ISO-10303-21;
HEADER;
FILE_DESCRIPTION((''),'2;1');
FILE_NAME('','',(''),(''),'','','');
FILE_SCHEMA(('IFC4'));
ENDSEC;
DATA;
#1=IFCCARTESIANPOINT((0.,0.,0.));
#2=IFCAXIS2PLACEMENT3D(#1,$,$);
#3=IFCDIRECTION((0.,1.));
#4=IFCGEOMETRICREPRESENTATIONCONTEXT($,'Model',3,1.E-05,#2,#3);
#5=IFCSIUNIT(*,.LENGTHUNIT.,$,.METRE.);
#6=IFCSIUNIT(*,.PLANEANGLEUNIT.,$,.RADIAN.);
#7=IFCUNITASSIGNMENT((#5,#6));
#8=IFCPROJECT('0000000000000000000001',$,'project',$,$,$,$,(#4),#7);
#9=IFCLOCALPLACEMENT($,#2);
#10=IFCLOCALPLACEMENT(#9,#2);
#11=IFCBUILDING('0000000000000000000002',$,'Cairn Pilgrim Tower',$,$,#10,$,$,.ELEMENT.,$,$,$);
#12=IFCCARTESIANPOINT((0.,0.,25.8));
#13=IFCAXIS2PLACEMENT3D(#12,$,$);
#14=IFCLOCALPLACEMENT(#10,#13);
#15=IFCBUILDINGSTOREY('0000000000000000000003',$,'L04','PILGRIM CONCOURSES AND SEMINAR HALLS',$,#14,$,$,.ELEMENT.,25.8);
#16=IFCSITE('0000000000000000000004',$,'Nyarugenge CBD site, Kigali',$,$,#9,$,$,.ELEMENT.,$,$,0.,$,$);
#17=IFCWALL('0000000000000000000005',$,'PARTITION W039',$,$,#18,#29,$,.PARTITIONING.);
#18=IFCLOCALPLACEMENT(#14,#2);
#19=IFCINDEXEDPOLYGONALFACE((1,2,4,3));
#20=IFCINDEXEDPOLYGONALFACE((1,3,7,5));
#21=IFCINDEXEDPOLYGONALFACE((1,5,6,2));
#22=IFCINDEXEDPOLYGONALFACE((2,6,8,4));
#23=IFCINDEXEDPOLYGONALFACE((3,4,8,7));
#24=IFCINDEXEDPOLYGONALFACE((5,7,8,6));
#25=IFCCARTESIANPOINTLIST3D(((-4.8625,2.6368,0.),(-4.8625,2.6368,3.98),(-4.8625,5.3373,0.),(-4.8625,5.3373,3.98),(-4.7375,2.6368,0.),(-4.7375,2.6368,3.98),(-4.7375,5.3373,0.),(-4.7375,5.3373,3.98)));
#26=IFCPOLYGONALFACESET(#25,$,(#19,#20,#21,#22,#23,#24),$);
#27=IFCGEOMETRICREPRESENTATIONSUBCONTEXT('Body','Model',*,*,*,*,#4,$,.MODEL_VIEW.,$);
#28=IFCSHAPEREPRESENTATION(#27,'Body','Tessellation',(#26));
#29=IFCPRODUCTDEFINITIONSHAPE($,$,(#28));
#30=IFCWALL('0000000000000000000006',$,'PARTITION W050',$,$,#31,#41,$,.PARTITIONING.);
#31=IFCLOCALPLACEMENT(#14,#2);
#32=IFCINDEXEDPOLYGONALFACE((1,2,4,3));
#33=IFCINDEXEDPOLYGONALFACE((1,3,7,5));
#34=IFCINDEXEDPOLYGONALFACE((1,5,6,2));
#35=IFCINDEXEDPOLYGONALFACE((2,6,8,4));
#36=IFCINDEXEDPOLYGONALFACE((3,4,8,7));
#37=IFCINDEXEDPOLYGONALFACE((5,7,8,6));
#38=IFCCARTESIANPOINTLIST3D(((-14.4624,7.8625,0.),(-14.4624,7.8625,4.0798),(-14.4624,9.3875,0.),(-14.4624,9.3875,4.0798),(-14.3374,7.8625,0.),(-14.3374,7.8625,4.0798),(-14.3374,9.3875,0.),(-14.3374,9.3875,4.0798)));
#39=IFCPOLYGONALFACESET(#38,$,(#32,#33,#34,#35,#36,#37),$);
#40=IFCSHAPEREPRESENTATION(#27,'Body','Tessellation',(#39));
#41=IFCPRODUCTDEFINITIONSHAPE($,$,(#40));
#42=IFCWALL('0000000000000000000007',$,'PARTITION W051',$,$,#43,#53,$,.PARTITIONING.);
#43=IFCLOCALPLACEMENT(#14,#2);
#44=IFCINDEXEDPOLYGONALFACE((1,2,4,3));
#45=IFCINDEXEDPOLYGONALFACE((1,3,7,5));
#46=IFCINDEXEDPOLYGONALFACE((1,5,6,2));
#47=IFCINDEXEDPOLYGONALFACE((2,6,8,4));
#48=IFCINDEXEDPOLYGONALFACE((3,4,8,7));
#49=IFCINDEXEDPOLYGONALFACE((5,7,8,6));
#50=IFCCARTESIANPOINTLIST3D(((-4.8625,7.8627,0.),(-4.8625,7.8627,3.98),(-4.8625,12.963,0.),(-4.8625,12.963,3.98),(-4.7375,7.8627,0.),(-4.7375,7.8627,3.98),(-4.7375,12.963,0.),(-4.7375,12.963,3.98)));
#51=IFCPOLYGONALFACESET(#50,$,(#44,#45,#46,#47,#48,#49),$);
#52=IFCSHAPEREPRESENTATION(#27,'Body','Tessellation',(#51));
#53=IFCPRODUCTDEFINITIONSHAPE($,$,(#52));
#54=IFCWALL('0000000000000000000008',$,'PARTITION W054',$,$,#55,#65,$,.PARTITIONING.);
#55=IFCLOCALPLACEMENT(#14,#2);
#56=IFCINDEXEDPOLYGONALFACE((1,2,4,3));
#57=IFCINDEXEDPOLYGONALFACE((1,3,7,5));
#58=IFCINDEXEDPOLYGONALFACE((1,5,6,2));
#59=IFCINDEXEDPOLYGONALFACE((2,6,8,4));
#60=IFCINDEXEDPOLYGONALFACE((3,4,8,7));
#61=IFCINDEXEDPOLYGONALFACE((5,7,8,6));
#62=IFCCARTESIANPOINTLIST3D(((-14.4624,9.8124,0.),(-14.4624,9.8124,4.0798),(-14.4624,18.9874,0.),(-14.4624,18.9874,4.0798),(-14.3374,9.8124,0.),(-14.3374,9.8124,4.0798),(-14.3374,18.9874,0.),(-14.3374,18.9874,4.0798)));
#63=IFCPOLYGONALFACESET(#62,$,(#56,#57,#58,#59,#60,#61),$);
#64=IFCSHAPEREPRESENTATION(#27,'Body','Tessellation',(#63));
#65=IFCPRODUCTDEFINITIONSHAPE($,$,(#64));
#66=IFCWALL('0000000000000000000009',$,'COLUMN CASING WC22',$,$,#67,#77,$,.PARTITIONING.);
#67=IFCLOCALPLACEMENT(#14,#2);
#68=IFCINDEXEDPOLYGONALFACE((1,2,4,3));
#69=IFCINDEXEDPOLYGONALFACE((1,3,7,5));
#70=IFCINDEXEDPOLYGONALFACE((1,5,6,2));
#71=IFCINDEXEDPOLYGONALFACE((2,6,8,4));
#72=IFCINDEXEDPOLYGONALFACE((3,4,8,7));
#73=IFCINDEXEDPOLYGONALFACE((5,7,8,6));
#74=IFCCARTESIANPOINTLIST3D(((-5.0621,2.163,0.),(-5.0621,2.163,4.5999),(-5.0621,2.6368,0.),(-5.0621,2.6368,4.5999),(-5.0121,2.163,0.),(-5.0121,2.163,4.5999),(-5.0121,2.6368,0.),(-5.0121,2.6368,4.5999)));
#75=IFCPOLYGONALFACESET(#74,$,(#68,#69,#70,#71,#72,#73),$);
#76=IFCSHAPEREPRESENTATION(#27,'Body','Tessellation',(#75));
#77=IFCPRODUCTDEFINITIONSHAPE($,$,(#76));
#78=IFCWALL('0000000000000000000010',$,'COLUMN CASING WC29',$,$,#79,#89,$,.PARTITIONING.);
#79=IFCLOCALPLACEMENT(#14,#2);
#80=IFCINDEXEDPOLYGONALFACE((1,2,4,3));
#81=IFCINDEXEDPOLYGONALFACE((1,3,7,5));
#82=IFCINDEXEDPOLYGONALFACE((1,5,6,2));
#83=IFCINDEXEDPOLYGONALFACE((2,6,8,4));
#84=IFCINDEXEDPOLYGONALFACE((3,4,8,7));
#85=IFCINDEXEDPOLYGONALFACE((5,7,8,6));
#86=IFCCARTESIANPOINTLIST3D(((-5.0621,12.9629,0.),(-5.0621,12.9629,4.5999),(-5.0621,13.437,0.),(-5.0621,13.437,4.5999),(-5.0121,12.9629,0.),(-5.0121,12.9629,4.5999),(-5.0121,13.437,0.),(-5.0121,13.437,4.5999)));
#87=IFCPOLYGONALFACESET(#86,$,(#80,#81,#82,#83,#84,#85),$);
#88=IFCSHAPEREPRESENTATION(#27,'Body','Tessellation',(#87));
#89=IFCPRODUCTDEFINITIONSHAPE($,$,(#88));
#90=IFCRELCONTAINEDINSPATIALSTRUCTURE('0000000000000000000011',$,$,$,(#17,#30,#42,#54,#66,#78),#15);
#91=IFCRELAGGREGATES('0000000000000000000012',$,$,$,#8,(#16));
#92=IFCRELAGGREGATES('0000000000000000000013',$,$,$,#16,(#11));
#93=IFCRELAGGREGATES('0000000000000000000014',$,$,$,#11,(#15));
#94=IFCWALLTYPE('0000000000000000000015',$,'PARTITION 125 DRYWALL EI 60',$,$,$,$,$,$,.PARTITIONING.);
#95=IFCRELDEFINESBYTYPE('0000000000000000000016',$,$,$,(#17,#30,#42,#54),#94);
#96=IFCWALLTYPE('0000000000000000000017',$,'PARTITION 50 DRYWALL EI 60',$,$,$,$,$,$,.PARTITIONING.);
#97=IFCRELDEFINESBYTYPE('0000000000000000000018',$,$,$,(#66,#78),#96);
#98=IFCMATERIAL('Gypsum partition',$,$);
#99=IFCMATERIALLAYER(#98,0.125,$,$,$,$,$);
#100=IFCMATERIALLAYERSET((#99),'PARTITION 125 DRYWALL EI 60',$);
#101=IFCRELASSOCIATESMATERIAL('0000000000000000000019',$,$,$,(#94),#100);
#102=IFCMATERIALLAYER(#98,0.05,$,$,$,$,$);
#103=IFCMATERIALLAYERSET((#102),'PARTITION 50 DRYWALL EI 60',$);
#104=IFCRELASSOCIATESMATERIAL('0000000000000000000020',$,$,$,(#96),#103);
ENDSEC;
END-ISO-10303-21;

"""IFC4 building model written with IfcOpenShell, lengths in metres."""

from ifc_helpers import new_model, si_unit, direction, frame, frame_2d, origin, place, context, subcontext, project, spatial, rectangle, extrude, material, layer, layer_set, type_object, element, save


model = new_model("IFC4")

# Units and contexts
model_context = context("Model", 3, precision=1e-05, world=origin(), true_north=direction((0.0, 1.0)))
body_context = subcontext(model_context, "Body", "Model", "MODEL_VIEW")
ifc_project = project(units=[si_unit("LENGTHUNIT", "METRE"), si_unit("PLANEANGLEUNIT", "RADIAN")], contexts=[model_context])

# Site, building, storey
site_placement = place(None, origin())
site = spatial("IfcSite", under=ifc_project, at=site_placement, Name="Nyarugenge CBD site, Kigali", CompositionType="ELEMENT", RefElevation=0.0)
building_placement = place(site_placement, origin())
building = spatial("IfcBuilding", under=site, at=building_placement, Name="Cairn Pilgrim Tower", CompositionType="ELEMENT")
storey_placement = place(building_placement, frame((0.0, 0.0, 25.8)))
storey = spatial("IfcBuildingStorey", under=building, at=storey_placement, Name="L04", Description="PILGRIM CONCOURSES AND SEMINAR HALLS", CompositionType="ELEMENT", Elevation=25.8)

# Walls
ifc_material_1 = material(Name="Gypsum partition")
ifc_layer_1 = layer(ifc_material_1, 0.125)
ifc_layer_set_1 = layer_set([ifc_layer_1], Name="PARTITION 125 DRYWALL EI 60")
wall_type_1 = type_object("IfcWallType", Name="PARTITION 125 DRYWALL EI 60", PredefinedType="PARTITIONING", material=ifc_layer_set_1)
wall_1_placement = place(storey_placement, frame((-4.8, 2.637, 0.0), z_axis=(0.0, 0.0, 1.0), x_axis=(0.0, 1.0, 0.0)))
element("IfcWall", 1, at=wall_1_placement, inside=storey, type_object=wall_type_1, Name="PARTITION W039", PredefinedType="PARTITIONING", context=body_context, shape_type="SweptSolid", body=[
    extrude(rectangle(XDim=2.7004, YDim=0.125, at=frame_2d((1.3501, 0.0))), origin(), (0.0, 0.0, 1.0), 3.98),
])
wall_2_placement = place(storey_placement, frame((-14.3999, 7.8625, 0.0), z_axis=(0.0, 0.0, 1.0), x_axis=(0.0, 1.0, 0.0)))
element("IfcWall", 2, at=wall_2_placement, inside=storey, type_object=wall_type_1, Name="PARTITION W050", PredefinedType="PARTITIONING", context=body_context, shape_type="SweptSolid", body=[
    extrude(rectangle(XDim=1.5249, YDim=0.125, at=frame_2d((0.7625, 0.0))), origin(), (0.0, 0.0, 1.0), 4.0798),
])
wall_3_placement = place(storey_placement, frame((-4.8, 7.8625, 0.0), z_axis=(0.0, 0.0, 1.0), x_axis=(0.0, 1.0, 0.0)))
element("IfcWall", 3, at=wall_3_placement, inside=storey, type_object=wall_type_1, Name="PARTITION W051", PredefinedType="PARTITIONING", context=body_context, shape_type="SweptSolid", body=[
    extrude(rectangle(XDim=5.1003, YDim=0.125, at=frame_2d((2.5503, 0.0))), origin(), (0.0, 0.0, 1.0), 3.98),
])
wall_4_placement = place(storey_placement, frame((-14.3999, 9.8125, 0.0), z_axis=(0.0, 0.0, 1.0), x_axis=(0.0, 1.0, 0.0)))
element("IfcWall", 4, at=wall_4_placement, inside=storey, type_object=wall_type_1, Name="PARTITION W054", PredefinedType="PARTITIONING", context=body_context, shape_type="SweptSolid", body=[
    extrude(rectangle(XDim=9.175, YDim=0.125, at=frame_2d((4.5874, 0.0))), origin(), (0.0, 0.0, 1.0), 4.0798),
])
ifc_layer_2 = layer(ifc_material_1, 0.05)
ifc_layer_set_2 = layer_set([ifc_layer_2], Name="PARTITION 50 DRYWALL EI 60")
wall_type_2 = type_object("IfcWallType", Name="PARTITION 50 DRYWALL EI 60", PredefinedType="PARTITIONING", material=ifc_layer_set_2)
wall_5_placement = place(storey_placement, frame((-5.0371, 2.1631, 0.0), z_axis=(0.0, 0.0, 1.0), x_axis=(0.0, 1.0, 0.0)))
element("IfcWall", 5, at=wall_5_placement, inside=storey, type_object=wall_type_2, Name="COLUMN CASING WC22", PredefinedType="PARTITIONING", context=body_context, shape_type="SweptSolid", body=[
    extrude(rectangle(XDim=0.4739, YDim=0.05, at=frame_2d((0.2368, 0.0))), origin(), (0.0, 0.0, 1.0), 4.5999),
])
wall_6_placement = place(storey_placement, frame((-5.0371, 12.9629, 0.0), z_axis=(0.0, 0.0, 1.0), x_axis=(0.0, 1.0, 0.0)))
element("IfcWall", 6, at=wall_6_placement, inside=storey, type_object=wall_type_2, Name="COLUMN CASING WC29", PredefinedType="PARTITIONING", context=body_context, shape_type="SweptSolid", body=[
    extrude(rectangle(XDim=0.4741, YDim=0.05, at=frame_2d((0.2371, 0.0))), origin(), (0.0, 0.0, 1.0), 4.5999),
])

save(model, "model.ifc")
